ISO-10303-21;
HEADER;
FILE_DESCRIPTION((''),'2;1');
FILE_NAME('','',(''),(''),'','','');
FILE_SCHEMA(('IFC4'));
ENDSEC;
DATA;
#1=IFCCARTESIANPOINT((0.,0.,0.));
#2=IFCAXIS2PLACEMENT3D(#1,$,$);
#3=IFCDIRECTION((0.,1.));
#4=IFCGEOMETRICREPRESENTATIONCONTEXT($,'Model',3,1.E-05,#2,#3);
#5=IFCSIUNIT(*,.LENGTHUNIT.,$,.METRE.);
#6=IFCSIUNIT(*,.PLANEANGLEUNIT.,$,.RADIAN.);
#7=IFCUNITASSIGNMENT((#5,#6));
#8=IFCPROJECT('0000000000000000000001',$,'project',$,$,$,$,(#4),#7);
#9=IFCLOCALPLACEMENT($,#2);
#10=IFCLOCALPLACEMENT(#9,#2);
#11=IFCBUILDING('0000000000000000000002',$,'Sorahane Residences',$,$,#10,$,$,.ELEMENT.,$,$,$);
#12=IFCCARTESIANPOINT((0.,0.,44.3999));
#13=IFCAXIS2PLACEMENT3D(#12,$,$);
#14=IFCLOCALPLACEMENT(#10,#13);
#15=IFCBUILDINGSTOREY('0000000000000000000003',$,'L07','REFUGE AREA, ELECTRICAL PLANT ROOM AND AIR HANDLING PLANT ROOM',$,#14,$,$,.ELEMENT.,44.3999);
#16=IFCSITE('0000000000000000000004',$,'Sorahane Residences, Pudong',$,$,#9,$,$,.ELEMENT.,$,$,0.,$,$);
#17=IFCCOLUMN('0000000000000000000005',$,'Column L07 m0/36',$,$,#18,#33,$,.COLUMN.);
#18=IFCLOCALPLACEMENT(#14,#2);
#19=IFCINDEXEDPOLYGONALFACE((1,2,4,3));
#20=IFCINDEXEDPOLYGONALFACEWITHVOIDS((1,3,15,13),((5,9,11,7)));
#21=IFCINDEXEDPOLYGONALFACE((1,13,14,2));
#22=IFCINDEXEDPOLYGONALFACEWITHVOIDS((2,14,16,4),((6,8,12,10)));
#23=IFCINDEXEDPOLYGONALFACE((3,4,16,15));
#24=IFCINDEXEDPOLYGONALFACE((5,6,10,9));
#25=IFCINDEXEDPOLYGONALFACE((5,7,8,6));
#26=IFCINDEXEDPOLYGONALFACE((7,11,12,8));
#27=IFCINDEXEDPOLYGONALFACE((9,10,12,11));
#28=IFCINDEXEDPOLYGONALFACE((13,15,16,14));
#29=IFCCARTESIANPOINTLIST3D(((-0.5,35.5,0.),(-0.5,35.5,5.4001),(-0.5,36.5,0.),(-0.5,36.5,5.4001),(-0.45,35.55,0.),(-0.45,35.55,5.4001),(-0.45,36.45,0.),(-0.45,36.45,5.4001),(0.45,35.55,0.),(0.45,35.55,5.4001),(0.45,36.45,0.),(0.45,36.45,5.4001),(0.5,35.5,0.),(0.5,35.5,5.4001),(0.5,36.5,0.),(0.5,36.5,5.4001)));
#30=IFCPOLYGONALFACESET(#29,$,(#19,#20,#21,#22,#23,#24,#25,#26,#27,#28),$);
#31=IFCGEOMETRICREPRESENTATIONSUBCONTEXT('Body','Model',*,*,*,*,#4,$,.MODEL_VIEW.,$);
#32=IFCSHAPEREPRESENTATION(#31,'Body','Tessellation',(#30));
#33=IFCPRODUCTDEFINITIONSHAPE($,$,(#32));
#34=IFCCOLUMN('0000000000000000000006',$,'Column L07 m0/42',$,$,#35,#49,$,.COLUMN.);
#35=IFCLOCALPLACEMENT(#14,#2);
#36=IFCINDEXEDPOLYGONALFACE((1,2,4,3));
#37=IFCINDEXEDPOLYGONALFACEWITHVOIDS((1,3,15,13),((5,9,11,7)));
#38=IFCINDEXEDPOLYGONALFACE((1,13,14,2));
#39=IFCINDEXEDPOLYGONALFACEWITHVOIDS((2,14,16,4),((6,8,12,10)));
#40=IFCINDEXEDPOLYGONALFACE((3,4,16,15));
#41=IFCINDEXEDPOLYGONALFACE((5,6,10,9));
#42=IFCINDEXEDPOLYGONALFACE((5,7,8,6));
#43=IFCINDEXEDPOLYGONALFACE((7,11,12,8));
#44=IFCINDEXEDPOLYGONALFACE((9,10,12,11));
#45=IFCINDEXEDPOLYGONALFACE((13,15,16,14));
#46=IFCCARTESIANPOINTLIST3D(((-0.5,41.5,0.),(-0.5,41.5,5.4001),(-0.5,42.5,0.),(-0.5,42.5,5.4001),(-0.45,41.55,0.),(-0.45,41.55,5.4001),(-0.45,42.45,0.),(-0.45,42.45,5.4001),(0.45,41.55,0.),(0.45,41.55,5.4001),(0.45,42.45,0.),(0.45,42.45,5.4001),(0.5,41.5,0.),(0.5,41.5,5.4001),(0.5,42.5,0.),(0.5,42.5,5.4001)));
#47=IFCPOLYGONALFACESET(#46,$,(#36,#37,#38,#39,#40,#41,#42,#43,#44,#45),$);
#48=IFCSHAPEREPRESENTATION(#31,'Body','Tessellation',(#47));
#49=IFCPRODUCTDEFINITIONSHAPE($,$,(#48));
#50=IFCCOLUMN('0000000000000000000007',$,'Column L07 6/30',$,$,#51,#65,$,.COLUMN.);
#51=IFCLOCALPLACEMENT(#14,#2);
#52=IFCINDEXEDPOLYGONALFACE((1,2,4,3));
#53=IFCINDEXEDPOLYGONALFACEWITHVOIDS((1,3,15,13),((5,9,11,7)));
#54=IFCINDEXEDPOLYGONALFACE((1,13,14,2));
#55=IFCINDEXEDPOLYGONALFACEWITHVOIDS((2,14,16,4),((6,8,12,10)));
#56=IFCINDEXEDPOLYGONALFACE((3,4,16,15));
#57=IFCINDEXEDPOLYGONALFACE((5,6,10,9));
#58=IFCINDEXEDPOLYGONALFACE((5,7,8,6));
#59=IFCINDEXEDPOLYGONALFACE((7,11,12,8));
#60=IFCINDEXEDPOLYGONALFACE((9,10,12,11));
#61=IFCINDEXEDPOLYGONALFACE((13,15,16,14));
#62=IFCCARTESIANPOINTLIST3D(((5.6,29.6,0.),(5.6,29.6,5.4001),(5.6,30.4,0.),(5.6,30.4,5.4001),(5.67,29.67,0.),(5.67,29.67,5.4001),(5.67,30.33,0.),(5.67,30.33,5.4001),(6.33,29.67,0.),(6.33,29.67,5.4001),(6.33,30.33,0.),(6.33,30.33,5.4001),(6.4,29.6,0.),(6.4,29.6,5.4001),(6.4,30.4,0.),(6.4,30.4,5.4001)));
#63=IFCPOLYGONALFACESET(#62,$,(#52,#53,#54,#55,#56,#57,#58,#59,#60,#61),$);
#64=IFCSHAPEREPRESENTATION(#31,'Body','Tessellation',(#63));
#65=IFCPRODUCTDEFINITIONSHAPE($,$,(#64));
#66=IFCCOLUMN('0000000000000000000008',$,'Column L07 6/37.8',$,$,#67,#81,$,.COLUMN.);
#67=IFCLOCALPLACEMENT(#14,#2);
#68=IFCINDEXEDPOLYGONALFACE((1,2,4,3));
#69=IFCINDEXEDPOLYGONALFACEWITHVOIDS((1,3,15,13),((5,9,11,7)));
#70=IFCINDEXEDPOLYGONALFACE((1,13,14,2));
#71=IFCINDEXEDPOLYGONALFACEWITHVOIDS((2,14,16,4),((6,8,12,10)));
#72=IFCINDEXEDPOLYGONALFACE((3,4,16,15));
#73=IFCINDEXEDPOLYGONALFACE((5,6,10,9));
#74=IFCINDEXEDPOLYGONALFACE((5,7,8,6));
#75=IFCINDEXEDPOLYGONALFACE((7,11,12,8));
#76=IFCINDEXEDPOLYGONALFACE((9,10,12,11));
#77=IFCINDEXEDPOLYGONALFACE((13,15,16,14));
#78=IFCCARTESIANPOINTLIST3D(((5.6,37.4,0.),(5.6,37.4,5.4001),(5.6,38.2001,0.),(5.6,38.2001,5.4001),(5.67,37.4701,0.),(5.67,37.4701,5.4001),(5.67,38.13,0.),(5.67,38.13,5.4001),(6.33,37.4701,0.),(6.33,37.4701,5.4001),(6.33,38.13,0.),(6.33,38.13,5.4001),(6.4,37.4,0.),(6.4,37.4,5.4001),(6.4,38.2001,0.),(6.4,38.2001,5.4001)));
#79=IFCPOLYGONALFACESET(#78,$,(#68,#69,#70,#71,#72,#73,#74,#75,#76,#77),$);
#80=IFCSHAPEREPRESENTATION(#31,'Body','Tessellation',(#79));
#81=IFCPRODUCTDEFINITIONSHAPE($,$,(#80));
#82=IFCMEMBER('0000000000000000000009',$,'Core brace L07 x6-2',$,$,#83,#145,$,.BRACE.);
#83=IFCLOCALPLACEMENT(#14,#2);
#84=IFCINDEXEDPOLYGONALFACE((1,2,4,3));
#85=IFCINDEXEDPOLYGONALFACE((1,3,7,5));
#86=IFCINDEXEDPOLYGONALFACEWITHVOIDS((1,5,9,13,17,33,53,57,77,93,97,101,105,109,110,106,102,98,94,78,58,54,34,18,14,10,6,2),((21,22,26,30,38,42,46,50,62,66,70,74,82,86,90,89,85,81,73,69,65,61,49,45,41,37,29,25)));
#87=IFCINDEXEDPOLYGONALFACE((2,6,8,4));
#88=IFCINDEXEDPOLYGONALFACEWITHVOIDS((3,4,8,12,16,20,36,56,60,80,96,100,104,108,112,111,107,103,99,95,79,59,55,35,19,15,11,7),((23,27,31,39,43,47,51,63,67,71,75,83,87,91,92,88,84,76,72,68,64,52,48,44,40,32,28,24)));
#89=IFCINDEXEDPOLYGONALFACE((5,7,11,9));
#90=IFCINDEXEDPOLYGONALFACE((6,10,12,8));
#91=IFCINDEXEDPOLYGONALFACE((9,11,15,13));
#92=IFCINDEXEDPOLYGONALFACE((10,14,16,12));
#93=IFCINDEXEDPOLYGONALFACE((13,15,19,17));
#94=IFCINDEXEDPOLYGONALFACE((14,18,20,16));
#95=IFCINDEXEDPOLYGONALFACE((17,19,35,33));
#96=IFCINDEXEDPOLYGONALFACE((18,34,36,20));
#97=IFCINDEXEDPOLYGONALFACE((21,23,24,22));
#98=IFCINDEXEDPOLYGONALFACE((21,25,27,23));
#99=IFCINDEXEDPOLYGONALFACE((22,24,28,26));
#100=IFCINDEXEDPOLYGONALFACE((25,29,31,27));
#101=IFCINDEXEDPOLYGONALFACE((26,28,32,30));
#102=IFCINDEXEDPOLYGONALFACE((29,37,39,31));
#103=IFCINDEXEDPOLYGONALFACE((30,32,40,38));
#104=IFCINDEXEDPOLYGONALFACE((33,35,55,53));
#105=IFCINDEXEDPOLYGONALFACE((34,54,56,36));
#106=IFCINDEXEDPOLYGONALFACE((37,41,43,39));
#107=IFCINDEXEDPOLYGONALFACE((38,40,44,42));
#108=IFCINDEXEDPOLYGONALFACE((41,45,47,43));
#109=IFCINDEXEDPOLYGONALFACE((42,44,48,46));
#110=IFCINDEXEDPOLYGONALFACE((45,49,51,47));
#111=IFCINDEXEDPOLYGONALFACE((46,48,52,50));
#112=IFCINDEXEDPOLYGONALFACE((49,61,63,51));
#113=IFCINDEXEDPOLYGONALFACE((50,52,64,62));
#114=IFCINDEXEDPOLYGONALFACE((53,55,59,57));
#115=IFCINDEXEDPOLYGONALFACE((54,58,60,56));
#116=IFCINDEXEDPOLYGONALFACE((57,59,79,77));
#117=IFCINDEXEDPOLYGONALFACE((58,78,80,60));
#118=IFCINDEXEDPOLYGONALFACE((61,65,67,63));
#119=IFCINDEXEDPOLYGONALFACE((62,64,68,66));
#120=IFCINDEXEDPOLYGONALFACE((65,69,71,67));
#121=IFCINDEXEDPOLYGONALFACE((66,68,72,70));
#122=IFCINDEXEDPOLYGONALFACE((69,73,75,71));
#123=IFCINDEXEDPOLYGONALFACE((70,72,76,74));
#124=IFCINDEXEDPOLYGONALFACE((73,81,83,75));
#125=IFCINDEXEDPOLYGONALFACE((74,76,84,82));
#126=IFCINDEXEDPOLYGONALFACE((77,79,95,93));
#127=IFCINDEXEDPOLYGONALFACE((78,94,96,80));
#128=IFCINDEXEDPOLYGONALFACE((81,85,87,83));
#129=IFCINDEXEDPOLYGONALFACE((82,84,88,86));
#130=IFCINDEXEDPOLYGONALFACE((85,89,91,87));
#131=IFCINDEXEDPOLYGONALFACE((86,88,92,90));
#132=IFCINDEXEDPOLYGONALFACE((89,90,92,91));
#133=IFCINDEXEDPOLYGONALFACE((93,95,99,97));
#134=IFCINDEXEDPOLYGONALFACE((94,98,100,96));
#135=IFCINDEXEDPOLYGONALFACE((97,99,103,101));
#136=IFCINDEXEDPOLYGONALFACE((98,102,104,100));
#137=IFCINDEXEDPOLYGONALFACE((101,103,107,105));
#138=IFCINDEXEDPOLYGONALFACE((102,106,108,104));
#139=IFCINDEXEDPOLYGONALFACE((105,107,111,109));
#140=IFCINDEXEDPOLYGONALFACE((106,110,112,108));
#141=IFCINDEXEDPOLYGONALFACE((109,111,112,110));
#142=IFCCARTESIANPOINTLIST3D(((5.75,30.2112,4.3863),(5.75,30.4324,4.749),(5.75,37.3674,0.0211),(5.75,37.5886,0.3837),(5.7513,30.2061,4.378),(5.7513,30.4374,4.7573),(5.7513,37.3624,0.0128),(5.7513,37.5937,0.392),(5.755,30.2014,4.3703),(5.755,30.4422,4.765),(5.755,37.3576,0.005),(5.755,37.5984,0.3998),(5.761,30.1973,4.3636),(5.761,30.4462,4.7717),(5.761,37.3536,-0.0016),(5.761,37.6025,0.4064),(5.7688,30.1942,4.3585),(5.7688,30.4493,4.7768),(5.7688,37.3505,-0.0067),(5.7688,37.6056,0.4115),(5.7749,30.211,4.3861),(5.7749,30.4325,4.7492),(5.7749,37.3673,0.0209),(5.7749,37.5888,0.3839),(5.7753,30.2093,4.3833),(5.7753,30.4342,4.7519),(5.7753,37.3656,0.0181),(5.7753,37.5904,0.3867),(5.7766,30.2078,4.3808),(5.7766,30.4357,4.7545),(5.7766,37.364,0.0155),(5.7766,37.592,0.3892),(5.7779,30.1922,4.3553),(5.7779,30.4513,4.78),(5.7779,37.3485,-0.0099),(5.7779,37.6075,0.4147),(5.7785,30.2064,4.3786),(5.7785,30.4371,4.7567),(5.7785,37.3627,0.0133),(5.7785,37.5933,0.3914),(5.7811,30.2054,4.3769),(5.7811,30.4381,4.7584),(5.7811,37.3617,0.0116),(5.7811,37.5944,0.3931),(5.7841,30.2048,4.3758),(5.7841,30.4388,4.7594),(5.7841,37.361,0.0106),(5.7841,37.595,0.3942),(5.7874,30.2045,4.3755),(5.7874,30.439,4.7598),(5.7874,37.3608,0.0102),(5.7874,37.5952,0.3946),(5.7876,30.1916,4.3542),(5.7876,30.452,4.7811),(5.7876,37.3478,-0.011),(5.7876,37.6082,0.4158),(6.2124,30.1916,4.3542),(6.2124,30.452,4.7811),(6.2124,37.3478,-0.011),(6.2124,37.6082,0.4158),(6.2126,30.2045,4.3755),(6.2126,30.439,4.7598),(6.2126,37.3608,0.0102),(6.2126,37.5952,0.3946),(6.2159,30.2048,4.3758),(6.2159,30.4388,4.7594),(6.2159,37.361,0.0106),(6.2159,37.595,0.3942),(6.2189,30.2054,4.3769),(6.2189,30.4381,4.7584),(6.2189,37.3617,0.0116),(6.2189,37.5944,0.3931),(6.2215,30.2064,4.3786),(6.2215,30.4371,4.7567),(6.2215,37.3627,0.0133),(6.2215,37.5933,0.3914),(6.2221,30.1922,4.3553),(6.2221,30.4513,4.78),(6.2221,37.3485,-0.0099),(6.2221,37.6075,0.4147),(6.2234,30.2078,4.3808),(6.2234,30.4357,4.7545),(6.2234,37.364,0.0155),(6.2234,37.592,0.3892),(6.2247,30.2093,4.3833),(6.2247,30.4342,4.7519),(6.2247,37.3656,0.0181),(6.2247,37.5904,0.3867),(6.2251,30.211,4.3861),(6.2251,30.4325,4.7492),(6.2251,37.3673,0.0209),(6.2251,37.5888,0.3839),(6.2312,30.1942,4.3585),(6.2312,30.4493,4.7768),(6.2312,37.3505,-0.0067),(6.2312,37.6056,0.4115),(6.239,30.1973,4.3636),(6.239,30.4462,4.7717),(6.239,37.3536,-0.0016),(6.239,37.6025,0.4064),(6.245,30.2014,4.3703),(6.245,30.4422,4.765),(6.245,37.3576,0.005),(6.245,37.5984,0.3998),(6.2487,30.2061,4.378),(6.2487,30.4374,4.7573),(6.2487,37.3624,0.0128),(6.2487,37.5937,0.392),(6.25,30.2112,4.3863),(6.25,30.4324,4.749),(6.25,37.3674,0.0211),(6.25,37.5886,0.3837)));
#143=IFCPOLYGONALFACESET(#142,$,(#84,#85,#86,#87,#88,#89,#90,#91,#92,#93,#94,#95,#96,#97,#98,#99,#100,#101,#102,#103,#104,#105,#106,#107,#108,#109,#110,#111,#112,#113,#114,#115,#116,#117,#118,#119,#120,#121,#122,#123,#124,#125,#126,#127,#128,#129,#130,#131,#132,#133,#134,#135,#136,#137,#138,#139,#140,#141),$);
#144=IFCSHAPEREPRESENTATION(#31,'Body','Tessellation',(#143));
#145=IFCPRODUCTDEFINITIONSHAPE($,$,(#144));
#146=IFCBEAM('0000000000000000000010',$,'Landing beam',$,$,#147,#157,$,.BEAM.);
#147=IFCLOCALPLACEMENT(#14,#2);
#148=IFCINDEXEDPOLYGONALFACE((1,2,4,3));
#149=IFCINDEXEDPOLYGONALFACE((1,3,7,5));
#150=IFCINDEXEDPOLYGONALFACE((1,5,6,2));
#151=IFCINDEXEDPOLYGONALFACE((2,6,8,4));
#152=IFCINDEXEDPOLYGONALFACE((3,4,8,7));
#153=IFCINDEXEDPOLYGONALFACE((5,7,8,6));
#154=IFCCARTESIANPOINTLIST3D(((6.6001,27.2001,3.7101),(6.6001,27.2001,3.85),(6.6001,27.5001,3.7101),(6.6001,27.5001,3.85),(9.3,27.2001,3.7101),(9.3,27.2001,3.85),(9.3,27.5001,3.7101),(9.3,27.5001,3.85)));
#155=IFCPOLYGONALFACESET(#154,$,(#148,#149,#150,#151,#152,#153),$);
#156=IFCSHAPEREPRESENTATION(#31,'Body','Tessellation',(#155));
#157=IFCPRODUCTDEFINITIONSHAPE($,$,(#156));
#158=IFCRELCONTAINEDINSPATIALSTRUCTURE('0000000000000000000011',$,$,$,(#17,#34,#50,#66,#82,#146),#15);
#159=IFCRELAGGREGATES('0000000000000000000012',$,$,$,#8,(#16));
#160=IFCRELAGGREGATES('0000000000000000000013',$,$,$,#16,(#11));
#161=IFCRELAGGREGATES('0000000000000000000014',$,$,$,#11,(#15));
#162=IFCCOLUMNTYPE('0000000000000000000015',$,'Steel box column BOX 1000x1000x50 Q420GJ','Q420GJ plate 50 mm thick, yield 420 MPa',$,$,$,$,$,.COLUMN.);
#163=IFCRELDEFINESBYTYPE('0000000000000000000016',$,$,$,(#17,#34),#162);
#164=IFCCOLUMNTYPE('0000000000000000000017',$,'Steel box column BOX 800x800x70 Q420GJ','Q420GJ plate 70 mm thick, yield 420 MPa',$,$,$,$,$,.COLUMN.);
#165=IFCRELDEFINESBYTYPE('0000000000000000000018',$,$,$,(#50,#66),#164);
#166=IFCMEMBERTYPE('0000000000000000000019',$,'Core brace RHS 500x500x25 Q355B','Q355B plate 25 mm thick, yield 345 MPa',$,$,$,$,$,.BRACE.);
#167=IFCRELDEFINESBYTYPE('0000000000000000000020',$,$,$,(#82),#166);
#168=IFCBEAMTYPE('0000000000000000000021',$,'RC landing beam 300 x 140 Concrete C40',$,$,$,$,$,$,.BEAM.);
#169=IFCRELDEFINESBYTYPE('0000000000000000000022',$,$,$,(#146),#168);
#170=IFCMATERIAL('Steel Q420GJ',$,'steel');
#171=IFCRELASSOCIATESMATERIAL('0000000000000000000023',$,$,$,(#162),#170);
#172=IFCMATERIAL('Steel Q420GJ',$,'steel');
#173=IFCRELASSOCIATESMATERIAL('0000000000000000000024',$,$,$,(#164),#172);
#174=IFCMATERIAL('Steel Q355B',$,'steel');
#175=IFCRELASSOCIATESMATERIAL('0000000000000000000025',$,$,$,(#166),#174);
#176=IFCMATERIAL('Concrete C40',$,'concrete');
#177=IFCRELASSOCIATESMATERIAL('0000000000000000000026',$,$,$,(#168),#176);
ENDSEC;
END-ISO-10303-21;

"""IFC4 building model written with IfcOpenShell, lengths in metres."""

from ifc_helpers import new_model, si_unit, direction, frame, origin, origin_2d, place, context, subcontext, project, spatial, rectangle, hollow_rectangle, extrude, material, material_profile, profile_set, type_object, element, save


model = new_model("IFC4")

# Units and contexts
model_context = context("Model", 3, precision=1e-05, world=origin(), true_north=direction((0.0, 1.0)))
body_context = subcontext(model_context, "Body", "Model", "MODEL_VIEW")
ifc_project = project(units=[si_unit("LENGTHUNIT", "METRE"), si_unit("PLANEANGLEUNIT", "RADIAN")], contexts=[model_context])

# Site, building, storey
site_placement = place(None, origin())
site = spatial("IfcSite", under=ifc_project, at=site_placement, Name="Sorahane Residences, Pudong", CompositionType="ELEMENT", RefElevation=0.0)
building_placement = place(site_placement, origin())
building = spatial("IfcBuilding", under=site, at=building_placement, Name="Sorahane Residences", CompositionType="ELEMENT")
storey_placement = place(building_placement, frame((0.0, 0.0, 44.3999)))
storey = spatial("IfcBuildingStorey", under=building, at=storey_placement, Name="L07", Description="REFUGE AREA, ELECTRICAL PLANT ROOM AND AIR HANDLING PLANT ROOM", CompositionType="ELEMENT", Elevation=44.3999)

# Columns
ifc_material_1 = material(Name="Steel Q420GJ", Category="steel")
ifc_material_profile_1 = material_profile(ifc_material_1, hollow_rectangle(XDim=1.0, YDim=1.0, WallThickness=0.05, at=origin_2d()), Name="BOX 1000x1000x50")
ifc_profile_set_1 = profile_set([ifc_material_profile_1], Name="Steel Q420GJ")
column_type_1 = type_object("IfcColumnType", Name="Steel box column BOX 1000x1000x50 Q420GJ", Description="Q420GJ plate 50 mm thick, yield 420 MPa", PredefinedType="COLUMN", material=ifc_profile_set_1)
for number, where, z_axis, x_axis, name in (
    (1, (0.0, 36.0, 0.0), (0.0, 0.0, 1.0), (1.0, 0.0, 0.0), "Column L07 m0/36"),
    (2, (0.0, 42.0, 0.0), (0.0, 0.0, 1.0), (1.0, 0.0, 0.0), "Column L07 m0/42"),
):
    element("IfcColumn", number, at=place(storey_placement, frame(where, z_axis=z_axis, x_axis=x_axis)), inside=storey, type_object=column_type_1, Name=name, PredefinedType="COLUMN", context=body_context, shape_type="SweptSolid", body=[
        extrude(hollow_rectangle(XDim=1.0, YDim=1.0, WallThickness=0.05, at=origin_2d()), origin(), (0.0, 0.0, 1.0), 5.4001),
    ])
ifc_material_2 = material(Name="Steel Q420GJ", Category="steel")
ifc_material_profile_2 = material_profile(ifc_material_2, hollow_rectangle(XDim=0.8, YDim=0.8, WallThickness=0.0701, at=origin_2d()), Name="BOX 800x800x70")
ifc_profile_set_2 = profile_set([ifc_material_profile_2], Name="Steel Q420GJ")
column_type_2 = type_object("IfcColumnType", Name="Steel box column BOX 800x800x70 Q420GJ", Description="Q420GJ plate 70 mm thick, yield 420 MPa", PredefinedType="COLUMN", material=ifc_profile_set_2)
for number, where, z_axis, x_axis, name in (
    (3, (6.0, 30.0, 0.0), (0.0, 0.0, 1.0), (1.0, 0.0, 0.0), "Column L07 6/30"),
    (4, (6.0, 37.8, 0.0), (0.0, 0.0, 1.0), (1.0, 0.0, 0.0), "Column L07 6/37.8"),
):
    element("IfcColumn", number, at=place(storey_placement, frame(where, z_axis=z_axis, x_axis=x_axis)), inside=storey, type_object=column_type_2, Name=name, PredefinedType="COLUMN", context=body_context, shape_type="SweptSolid", body=[
        extrude(hollow_rectangle(XDim=0.8, YDim=0.8, WallThickness=0.0701, at=origin_2d()), origin(), (0.0, 0.0, 1.0), 5.4001),
    ])

# Member
ifc_material_3 = material(Name="Steel Q355B", Category="steel")
ifc_material_profile_3 = material_profile(ifc_material_3, hollow_rectangle(XDim=0.5, YDim=0.5, WallThickness=0.0249, InnerFilletRadius=0.0125, OuterFilletRadius=0.0376, at=origin_2d()), Name="RHS 500x500x25")
ifc_profile_set_3 = profile_set([ifc_material_profile_3], Name="Steel Q355B")
member_type = type_object("IfcMemberType", Name="Core brace RHS 500x500x25 Q355B", Description="Q355B plate 25 mm thick, yield 345 MPa", PredefinedType="BRACE", material=ifc_profile_set_3)
member_placement = place(storey_placement, frame((6.0, 37.478, 0.2024), z_axis=(0.0, -0.853708, 0.520752), x_axis=(1.0, 0.0, 0.0)))
element("IfcMember", 5, at=member_placement, inside=storey, type_object=member_type, Name="Core brace L07 x6-2", PredefinedType="BRACE", context=body_context, shape_type="SweptSolid", body=[
    extrude(hollow_rectangle(XDim=0.5, YDim=0.5, WallThickness=0.0249, InnerFilletRadius=0.0125, OuterFilletRadius=0.0376, at=origin_2d()), origin(), (0.0, 0.0, 1.0), 8.3826),
])

# Beam
ifc_material_4 = material(Name="Concrete C40", Category="concrete")
ifc_material_profile_4 = material_profile(ifc_material_4, rectangle(XDim=0.3, YDim=0.1399, at=origin_2d()), Name="300x140")
ifc_profile_set_4 = profile_set([ifc_material_profile_4], Name="Concrete C40")
beam_type_1 = type_object("IfcBeamType", Name="RC landing beam 300 x 140 Concrete C40", PredefinedType="BEAM", material=ifc_profile_set_4)
beam_1_placement = place(storey_placement, frame((6.6001, 27.3501, 3.78), z_axis=(1.0, 0.0, 0.0), x_axis=(0.0, 1.0, 0.0)))
element("IfcBeam", 6, at=beam_1_placement, inside=storey, type_object=beam_type_1, Name="Landing beam", PredefinedType="BEAM", context=body_context, shape_type="SweptSolid", body=[
    extrude(rectangle(XDim=0.3, YDim=0.1399, at=origin_2d()), origin(), (0.0, 0.0, 1.0), 2.7),
])

save(model, "model.ifc")
